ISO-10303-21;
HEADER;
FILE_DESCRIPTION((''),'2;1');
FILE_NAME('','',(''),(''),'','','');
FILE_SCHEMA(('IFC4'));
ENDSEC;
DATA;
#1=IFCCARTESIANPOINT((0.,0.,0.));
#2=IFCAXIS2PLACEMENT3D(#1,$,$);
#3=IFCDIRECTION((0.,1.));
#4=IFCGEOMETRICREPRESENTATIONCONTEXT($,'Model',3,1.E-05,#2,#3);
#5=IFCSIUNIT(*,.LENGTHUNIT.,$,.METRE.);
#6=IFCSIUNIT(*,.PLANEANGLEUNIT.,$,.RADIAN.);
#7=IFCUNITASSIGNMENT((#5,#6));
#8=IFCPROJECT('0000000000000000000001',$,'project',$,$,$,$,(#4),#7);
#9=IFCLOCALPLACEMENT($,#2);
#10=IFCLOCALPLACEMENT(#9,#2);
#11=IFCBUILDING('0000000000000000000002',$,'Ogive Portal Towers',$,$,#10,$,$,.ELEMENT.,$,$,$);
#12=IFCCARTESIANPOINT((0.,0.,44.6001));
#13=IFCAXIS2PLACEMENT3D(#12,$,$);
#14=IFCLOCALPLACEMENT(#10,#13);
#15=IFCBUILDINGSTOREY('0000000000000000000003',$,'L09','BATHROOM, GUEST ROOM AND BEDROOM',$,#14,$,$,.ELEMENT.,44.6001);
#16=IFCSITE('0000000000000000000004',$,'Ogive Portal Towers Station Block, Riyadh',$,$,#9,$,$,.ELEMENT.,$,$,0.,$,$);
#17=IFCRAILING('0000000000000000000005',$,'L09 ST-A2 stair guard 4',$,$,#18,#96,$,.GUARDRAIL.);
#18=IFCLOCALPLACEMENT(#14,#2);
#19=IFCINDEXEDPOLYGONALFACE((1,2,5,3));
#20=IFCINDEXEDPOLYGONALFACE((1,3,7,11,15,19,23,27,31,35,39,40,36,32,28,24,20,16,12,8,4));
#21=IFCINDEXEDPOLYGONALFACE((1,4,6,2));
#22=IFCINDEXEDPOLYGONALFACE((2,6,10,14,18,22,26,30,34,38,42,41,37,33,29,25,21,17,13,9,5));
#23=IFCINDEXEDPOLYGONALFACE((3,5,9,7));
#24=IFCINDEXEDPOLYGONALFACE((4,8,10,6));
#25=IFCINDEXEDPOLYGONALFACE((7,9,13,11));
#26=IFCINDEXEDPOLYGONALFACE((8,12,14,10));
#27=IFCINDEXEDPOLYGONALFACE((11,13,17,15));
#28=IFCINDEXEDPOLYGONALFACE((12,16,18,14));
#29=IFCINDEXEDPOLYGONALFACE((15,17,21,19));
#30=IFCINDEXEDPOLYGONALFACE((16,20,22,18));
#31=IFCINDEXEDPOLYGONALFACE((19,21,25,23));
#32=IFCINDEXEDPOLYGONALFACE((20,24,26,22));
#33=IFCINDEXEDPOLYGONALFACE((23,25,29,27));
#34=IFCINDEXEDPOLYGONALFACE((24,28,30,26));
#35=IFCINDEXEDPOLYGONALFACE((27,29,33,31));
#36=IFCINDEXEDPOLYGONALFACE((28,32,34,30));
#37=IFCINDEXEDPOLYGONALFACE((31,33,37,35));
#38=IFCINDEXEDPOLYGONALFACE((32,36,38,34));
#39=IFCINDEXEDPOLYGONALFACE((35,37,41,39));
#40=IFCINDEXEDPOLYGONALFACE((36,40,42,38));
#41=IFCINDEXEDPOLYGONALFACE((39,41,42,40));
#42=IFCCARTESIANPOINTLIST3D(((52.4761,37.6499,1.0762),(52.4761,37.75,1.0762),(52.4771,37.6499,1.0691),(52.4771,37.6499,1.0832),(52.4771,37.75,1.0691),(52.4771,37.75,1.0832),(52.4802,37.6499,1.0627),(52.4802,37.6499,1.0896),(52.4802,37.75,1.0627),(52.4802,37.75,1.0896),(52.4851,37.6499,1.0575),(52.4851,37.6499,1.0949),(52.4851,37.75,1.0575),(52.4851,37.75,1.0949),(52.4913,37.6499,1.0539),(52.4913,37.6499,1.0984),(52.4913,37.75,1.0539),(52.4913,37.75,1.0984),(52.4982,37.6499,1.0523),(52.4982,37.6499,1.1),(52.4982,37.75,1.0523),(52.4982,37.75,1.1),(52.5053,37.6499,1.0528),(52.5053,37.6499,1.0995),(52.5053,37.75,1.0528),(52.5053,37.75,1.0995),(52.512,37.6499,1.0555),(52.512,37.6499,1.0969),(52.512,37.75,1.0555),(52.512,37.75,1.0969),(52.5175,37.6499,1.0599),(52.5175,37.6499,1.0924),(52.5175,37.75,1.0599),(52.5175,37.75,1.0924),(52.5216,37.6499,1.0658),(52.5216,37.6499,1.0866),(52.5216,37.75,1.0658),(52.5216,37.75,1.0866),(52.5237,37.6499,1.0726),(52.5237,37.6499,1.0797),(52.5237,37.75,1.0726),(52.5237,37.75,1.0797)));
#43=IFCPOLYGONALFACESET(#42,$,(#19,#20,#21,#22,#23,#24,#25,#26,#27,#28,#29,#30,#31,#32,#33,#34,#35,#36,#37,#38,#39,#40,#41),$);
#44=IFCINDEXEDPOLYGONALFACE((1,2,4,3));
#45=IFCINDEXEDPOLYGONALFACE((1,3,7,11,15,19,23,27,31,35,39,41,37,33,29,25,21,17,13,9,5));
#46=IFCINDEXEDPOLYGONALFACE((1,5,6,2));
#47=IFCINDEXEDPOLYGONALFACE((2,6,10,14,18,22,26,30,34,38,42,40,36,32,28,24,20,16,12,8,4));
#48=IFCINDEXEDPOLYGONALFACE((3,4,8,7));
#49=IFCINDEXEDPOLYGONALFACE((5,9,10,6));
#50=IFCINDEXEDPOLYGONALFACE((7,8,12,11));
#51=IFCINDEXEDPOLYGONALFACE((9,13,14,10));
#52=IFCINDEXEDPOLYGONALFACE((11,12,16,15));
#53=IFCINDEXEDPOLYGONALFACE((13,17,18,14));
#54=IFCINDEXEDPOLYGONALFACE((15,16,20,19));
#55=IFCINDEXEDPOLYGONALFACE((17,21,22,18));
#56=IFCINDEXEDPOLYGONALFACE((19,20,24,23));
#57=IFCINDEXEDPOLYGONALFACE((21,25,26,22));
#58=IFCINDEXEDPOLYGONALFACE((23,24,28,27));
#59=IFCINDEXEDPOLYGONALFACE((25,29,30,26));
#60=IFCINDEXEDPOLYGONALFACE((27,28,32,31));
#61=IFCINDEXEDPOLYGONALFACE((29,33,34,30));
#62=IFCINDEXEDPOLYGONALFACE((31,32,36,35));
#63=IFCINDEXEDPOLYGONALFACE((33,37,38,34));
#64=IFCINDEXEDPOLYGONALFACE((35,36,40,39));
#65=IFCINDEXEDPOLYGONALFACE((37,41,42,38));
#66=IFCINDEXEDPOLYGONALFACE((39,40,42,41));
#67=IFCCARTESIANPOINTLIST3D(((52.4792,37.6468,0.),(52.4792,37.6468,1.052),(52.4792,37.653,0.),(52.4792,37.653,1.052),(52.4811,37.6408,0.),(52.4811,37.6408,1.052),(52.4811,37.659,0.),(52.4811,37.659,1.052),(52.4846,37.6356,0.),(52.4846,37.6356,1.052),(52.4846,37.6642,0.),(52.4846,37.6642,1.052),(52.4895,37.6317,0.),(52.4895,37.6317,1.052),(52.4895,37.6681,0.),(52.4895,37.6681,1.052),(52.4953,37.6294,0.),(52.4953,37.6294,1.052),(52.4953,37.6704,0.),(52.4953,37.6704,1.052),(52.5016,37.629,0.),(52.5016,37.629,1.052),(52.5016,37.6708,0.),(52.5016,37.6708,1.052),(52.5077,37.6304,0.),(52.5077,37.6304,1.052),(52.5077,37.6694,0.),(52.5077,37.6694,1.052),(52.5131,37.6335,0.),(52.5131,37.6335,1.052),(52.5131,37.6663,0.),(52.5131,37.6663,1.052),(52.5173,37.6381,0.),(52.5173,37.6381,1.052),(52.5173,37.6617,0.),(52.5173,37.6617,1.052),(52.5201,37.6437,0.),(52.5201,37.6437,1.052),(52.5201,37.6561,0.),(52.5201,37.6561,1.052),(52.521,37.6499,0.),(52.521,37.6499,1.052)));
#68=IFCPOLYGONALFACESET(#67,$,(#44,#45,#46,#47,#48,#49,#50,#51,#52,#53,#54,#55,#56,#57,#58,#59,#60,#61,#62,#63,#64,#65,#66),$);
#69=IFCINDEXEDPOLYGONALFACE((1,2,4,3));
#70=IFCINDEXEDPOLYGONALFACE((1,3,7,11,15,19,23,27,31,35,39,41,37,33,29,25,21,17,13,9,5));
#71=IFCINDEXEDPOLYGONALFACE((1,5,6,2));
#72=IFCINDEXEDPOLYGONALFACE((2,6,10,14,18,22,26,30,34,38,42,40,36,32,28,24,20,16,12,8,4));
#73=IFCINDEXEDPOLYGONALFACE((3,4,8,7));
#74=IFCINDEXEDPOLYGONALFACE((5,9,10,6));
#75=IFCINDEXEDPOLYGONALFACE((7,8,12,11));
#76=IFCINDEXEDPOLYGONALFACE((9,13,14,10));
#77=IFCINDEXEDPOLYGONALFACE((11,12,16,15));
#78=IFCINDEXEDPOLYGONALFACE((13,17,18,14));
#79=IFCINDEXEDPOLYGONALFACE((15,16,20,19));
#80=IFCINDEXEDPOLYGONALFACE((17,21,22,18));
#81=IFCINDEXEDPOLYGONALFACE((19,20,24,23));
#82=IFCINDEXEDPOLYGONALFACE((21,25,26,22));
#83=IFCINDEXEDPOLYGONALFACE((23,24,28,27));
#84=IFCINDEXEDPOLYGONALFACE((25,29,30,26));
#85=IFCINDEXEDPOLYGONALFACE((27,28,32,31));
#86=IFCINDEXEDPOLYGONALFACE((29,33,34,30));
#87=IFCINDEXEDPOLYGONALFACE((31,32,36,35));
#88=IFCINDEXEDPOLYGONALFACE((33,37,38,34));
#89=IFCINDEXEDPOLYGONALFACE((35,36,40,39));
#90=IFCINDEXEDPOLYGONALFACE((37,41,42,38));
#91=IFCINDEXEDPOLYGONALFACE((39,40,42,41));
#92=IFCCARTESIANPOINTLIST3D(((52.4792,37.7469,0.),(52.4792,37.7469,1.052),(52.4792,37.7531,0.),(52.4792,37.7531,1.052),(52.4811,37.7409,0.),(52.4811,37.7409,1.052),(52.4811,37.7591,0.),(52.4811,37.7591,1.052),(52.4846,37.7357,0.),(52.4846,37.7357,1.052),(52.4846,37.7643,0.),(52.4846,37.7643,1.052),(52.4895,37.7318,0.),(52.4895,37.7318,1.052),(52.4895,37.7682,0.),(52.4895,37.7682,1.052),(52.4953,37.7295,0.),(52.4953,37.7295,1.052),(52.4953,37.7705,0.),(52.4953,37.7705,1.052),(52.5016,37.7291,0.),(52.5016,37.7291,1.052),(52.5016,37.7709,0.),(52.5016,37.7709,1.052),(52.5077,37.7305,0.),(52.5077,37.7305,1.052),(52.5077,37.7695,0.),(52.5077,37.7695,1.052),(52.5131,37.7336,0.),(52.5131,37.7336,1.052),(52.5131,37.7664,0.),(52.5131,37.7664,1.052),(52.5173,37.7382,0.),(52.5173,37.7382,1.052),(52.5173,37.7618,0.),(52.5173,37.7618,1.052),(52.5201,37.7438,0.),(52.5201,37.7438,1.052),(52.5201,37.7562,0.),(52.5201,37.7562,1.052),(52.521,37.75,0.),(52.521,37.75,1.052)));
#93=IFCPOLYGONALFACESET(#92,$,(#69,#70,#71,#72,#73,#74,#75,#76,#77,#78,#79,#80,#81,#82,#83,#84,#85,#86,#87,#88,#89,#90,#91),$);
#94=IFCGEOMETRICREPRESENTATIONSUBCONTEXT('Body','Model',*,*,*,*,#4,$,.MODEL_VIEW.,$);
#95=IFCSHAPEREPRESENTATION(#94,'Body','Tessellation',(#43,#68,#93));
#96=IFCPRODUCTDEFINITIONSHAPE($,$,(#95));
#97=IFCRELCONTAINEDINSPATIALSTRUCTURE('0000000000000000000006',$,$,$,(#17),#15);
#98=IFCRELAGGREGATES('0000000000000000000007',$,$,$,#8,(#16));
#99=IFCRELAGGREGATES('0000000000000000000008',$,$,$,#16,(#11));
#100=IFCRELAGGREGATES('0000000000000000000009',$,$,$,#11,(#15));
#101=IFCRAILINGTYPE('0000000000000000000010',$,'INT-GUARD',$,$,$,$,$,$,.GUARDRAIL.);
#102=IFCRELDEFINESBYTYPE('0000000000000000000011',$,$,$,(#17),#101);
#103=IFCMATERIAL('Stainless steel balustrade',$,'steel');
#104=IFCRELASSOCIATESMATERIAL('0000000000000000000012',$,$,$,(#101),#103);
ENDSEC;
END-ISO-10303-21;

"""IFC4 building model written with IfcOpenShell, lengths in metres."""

from ifc_helpers import new_model, si_unit, direction, frame, origin, origin_2d, place, context, subcontext, project, spatial, circle, extrude, material, type_object, element, save


model = new_model("IFC4")

# Units and contexts
model_context = context("Model", 3, precision=1e-05, world=origin(), true_north=direction((0.0, 1.0)))
body_context = subcontext(model_context, "Body", "Model", "MODEL_VIEW")
ifc_project = project(units=[si_unit("LENGTHUNIT", "METRE"), si_unit("PLANEANGLEUNIT", "RADIAN")], contexts=[model_context])

# Site, building, storey
site_placement = place(None, origin())
site = spatial("IfcSite", under=ifc_project, at=site_placement, Name="Ogive Portal Towers Station Block, Riyadh", CompositionType="ELEMENT", RefElevation=0.0)
building_placement = place(site_placement, origin())
building = spatial("IfcBuilding", under=site, at=building_placement, Name="Ogive Portal Towers", CompositionType="ELEMENT")
storey_placement = place(building_placement, frame((0.0, 0.0, 44.6001)))
storey = spatial("IfcBuildingStorey", under=building, at=storey_placement, Name="L09", Description="BATHROOM, GUEST ROOM AND BEDROOM", CompositionType="ELEMENT", Elevation=44.6001)

# Railing
ifc_material_1 = material(Name="Stainless steel balustrade", Category="steel")
railing_type_1 = type_object("IfcRailingType", Name="INT-GUARD", PredefinedType="GUARDRAIL", material=ifc_material_1)
railing_1_placement = place(storey_placement, frame((52.5, 37.6499, 0.0)))
element("IfcRailing", 1, at=railing_1_placement, inside=storey, type_object=railing_type_1, Name="L09 ST-A2 stair guard 4", PredefinedType="GUARDRAIL", context=body_context, shape_type="SweptSolid", body=[
    extrude(circle(Radius=0.0239, at=origin_2d()), frame((0.0, 0.0, 1.0762), z_axis=(0.0, 1.0, 0.0), x_axis=(-1.0, 0.0, 0.0)), (0.0, 0.0, 1.0), 0.1001),
    extrude(circle(Radius=0.021, at=origin_2d()), origin(), (0.0, 0.0, 1.0), 1.052),
    extrude(circle(Radius=0.021, at=origin_2d()), frame((0.0, 0.1001, 0.0)), (0.0, 0.0, 1.0), 1.052),
])

save(model, "model.ifc")
